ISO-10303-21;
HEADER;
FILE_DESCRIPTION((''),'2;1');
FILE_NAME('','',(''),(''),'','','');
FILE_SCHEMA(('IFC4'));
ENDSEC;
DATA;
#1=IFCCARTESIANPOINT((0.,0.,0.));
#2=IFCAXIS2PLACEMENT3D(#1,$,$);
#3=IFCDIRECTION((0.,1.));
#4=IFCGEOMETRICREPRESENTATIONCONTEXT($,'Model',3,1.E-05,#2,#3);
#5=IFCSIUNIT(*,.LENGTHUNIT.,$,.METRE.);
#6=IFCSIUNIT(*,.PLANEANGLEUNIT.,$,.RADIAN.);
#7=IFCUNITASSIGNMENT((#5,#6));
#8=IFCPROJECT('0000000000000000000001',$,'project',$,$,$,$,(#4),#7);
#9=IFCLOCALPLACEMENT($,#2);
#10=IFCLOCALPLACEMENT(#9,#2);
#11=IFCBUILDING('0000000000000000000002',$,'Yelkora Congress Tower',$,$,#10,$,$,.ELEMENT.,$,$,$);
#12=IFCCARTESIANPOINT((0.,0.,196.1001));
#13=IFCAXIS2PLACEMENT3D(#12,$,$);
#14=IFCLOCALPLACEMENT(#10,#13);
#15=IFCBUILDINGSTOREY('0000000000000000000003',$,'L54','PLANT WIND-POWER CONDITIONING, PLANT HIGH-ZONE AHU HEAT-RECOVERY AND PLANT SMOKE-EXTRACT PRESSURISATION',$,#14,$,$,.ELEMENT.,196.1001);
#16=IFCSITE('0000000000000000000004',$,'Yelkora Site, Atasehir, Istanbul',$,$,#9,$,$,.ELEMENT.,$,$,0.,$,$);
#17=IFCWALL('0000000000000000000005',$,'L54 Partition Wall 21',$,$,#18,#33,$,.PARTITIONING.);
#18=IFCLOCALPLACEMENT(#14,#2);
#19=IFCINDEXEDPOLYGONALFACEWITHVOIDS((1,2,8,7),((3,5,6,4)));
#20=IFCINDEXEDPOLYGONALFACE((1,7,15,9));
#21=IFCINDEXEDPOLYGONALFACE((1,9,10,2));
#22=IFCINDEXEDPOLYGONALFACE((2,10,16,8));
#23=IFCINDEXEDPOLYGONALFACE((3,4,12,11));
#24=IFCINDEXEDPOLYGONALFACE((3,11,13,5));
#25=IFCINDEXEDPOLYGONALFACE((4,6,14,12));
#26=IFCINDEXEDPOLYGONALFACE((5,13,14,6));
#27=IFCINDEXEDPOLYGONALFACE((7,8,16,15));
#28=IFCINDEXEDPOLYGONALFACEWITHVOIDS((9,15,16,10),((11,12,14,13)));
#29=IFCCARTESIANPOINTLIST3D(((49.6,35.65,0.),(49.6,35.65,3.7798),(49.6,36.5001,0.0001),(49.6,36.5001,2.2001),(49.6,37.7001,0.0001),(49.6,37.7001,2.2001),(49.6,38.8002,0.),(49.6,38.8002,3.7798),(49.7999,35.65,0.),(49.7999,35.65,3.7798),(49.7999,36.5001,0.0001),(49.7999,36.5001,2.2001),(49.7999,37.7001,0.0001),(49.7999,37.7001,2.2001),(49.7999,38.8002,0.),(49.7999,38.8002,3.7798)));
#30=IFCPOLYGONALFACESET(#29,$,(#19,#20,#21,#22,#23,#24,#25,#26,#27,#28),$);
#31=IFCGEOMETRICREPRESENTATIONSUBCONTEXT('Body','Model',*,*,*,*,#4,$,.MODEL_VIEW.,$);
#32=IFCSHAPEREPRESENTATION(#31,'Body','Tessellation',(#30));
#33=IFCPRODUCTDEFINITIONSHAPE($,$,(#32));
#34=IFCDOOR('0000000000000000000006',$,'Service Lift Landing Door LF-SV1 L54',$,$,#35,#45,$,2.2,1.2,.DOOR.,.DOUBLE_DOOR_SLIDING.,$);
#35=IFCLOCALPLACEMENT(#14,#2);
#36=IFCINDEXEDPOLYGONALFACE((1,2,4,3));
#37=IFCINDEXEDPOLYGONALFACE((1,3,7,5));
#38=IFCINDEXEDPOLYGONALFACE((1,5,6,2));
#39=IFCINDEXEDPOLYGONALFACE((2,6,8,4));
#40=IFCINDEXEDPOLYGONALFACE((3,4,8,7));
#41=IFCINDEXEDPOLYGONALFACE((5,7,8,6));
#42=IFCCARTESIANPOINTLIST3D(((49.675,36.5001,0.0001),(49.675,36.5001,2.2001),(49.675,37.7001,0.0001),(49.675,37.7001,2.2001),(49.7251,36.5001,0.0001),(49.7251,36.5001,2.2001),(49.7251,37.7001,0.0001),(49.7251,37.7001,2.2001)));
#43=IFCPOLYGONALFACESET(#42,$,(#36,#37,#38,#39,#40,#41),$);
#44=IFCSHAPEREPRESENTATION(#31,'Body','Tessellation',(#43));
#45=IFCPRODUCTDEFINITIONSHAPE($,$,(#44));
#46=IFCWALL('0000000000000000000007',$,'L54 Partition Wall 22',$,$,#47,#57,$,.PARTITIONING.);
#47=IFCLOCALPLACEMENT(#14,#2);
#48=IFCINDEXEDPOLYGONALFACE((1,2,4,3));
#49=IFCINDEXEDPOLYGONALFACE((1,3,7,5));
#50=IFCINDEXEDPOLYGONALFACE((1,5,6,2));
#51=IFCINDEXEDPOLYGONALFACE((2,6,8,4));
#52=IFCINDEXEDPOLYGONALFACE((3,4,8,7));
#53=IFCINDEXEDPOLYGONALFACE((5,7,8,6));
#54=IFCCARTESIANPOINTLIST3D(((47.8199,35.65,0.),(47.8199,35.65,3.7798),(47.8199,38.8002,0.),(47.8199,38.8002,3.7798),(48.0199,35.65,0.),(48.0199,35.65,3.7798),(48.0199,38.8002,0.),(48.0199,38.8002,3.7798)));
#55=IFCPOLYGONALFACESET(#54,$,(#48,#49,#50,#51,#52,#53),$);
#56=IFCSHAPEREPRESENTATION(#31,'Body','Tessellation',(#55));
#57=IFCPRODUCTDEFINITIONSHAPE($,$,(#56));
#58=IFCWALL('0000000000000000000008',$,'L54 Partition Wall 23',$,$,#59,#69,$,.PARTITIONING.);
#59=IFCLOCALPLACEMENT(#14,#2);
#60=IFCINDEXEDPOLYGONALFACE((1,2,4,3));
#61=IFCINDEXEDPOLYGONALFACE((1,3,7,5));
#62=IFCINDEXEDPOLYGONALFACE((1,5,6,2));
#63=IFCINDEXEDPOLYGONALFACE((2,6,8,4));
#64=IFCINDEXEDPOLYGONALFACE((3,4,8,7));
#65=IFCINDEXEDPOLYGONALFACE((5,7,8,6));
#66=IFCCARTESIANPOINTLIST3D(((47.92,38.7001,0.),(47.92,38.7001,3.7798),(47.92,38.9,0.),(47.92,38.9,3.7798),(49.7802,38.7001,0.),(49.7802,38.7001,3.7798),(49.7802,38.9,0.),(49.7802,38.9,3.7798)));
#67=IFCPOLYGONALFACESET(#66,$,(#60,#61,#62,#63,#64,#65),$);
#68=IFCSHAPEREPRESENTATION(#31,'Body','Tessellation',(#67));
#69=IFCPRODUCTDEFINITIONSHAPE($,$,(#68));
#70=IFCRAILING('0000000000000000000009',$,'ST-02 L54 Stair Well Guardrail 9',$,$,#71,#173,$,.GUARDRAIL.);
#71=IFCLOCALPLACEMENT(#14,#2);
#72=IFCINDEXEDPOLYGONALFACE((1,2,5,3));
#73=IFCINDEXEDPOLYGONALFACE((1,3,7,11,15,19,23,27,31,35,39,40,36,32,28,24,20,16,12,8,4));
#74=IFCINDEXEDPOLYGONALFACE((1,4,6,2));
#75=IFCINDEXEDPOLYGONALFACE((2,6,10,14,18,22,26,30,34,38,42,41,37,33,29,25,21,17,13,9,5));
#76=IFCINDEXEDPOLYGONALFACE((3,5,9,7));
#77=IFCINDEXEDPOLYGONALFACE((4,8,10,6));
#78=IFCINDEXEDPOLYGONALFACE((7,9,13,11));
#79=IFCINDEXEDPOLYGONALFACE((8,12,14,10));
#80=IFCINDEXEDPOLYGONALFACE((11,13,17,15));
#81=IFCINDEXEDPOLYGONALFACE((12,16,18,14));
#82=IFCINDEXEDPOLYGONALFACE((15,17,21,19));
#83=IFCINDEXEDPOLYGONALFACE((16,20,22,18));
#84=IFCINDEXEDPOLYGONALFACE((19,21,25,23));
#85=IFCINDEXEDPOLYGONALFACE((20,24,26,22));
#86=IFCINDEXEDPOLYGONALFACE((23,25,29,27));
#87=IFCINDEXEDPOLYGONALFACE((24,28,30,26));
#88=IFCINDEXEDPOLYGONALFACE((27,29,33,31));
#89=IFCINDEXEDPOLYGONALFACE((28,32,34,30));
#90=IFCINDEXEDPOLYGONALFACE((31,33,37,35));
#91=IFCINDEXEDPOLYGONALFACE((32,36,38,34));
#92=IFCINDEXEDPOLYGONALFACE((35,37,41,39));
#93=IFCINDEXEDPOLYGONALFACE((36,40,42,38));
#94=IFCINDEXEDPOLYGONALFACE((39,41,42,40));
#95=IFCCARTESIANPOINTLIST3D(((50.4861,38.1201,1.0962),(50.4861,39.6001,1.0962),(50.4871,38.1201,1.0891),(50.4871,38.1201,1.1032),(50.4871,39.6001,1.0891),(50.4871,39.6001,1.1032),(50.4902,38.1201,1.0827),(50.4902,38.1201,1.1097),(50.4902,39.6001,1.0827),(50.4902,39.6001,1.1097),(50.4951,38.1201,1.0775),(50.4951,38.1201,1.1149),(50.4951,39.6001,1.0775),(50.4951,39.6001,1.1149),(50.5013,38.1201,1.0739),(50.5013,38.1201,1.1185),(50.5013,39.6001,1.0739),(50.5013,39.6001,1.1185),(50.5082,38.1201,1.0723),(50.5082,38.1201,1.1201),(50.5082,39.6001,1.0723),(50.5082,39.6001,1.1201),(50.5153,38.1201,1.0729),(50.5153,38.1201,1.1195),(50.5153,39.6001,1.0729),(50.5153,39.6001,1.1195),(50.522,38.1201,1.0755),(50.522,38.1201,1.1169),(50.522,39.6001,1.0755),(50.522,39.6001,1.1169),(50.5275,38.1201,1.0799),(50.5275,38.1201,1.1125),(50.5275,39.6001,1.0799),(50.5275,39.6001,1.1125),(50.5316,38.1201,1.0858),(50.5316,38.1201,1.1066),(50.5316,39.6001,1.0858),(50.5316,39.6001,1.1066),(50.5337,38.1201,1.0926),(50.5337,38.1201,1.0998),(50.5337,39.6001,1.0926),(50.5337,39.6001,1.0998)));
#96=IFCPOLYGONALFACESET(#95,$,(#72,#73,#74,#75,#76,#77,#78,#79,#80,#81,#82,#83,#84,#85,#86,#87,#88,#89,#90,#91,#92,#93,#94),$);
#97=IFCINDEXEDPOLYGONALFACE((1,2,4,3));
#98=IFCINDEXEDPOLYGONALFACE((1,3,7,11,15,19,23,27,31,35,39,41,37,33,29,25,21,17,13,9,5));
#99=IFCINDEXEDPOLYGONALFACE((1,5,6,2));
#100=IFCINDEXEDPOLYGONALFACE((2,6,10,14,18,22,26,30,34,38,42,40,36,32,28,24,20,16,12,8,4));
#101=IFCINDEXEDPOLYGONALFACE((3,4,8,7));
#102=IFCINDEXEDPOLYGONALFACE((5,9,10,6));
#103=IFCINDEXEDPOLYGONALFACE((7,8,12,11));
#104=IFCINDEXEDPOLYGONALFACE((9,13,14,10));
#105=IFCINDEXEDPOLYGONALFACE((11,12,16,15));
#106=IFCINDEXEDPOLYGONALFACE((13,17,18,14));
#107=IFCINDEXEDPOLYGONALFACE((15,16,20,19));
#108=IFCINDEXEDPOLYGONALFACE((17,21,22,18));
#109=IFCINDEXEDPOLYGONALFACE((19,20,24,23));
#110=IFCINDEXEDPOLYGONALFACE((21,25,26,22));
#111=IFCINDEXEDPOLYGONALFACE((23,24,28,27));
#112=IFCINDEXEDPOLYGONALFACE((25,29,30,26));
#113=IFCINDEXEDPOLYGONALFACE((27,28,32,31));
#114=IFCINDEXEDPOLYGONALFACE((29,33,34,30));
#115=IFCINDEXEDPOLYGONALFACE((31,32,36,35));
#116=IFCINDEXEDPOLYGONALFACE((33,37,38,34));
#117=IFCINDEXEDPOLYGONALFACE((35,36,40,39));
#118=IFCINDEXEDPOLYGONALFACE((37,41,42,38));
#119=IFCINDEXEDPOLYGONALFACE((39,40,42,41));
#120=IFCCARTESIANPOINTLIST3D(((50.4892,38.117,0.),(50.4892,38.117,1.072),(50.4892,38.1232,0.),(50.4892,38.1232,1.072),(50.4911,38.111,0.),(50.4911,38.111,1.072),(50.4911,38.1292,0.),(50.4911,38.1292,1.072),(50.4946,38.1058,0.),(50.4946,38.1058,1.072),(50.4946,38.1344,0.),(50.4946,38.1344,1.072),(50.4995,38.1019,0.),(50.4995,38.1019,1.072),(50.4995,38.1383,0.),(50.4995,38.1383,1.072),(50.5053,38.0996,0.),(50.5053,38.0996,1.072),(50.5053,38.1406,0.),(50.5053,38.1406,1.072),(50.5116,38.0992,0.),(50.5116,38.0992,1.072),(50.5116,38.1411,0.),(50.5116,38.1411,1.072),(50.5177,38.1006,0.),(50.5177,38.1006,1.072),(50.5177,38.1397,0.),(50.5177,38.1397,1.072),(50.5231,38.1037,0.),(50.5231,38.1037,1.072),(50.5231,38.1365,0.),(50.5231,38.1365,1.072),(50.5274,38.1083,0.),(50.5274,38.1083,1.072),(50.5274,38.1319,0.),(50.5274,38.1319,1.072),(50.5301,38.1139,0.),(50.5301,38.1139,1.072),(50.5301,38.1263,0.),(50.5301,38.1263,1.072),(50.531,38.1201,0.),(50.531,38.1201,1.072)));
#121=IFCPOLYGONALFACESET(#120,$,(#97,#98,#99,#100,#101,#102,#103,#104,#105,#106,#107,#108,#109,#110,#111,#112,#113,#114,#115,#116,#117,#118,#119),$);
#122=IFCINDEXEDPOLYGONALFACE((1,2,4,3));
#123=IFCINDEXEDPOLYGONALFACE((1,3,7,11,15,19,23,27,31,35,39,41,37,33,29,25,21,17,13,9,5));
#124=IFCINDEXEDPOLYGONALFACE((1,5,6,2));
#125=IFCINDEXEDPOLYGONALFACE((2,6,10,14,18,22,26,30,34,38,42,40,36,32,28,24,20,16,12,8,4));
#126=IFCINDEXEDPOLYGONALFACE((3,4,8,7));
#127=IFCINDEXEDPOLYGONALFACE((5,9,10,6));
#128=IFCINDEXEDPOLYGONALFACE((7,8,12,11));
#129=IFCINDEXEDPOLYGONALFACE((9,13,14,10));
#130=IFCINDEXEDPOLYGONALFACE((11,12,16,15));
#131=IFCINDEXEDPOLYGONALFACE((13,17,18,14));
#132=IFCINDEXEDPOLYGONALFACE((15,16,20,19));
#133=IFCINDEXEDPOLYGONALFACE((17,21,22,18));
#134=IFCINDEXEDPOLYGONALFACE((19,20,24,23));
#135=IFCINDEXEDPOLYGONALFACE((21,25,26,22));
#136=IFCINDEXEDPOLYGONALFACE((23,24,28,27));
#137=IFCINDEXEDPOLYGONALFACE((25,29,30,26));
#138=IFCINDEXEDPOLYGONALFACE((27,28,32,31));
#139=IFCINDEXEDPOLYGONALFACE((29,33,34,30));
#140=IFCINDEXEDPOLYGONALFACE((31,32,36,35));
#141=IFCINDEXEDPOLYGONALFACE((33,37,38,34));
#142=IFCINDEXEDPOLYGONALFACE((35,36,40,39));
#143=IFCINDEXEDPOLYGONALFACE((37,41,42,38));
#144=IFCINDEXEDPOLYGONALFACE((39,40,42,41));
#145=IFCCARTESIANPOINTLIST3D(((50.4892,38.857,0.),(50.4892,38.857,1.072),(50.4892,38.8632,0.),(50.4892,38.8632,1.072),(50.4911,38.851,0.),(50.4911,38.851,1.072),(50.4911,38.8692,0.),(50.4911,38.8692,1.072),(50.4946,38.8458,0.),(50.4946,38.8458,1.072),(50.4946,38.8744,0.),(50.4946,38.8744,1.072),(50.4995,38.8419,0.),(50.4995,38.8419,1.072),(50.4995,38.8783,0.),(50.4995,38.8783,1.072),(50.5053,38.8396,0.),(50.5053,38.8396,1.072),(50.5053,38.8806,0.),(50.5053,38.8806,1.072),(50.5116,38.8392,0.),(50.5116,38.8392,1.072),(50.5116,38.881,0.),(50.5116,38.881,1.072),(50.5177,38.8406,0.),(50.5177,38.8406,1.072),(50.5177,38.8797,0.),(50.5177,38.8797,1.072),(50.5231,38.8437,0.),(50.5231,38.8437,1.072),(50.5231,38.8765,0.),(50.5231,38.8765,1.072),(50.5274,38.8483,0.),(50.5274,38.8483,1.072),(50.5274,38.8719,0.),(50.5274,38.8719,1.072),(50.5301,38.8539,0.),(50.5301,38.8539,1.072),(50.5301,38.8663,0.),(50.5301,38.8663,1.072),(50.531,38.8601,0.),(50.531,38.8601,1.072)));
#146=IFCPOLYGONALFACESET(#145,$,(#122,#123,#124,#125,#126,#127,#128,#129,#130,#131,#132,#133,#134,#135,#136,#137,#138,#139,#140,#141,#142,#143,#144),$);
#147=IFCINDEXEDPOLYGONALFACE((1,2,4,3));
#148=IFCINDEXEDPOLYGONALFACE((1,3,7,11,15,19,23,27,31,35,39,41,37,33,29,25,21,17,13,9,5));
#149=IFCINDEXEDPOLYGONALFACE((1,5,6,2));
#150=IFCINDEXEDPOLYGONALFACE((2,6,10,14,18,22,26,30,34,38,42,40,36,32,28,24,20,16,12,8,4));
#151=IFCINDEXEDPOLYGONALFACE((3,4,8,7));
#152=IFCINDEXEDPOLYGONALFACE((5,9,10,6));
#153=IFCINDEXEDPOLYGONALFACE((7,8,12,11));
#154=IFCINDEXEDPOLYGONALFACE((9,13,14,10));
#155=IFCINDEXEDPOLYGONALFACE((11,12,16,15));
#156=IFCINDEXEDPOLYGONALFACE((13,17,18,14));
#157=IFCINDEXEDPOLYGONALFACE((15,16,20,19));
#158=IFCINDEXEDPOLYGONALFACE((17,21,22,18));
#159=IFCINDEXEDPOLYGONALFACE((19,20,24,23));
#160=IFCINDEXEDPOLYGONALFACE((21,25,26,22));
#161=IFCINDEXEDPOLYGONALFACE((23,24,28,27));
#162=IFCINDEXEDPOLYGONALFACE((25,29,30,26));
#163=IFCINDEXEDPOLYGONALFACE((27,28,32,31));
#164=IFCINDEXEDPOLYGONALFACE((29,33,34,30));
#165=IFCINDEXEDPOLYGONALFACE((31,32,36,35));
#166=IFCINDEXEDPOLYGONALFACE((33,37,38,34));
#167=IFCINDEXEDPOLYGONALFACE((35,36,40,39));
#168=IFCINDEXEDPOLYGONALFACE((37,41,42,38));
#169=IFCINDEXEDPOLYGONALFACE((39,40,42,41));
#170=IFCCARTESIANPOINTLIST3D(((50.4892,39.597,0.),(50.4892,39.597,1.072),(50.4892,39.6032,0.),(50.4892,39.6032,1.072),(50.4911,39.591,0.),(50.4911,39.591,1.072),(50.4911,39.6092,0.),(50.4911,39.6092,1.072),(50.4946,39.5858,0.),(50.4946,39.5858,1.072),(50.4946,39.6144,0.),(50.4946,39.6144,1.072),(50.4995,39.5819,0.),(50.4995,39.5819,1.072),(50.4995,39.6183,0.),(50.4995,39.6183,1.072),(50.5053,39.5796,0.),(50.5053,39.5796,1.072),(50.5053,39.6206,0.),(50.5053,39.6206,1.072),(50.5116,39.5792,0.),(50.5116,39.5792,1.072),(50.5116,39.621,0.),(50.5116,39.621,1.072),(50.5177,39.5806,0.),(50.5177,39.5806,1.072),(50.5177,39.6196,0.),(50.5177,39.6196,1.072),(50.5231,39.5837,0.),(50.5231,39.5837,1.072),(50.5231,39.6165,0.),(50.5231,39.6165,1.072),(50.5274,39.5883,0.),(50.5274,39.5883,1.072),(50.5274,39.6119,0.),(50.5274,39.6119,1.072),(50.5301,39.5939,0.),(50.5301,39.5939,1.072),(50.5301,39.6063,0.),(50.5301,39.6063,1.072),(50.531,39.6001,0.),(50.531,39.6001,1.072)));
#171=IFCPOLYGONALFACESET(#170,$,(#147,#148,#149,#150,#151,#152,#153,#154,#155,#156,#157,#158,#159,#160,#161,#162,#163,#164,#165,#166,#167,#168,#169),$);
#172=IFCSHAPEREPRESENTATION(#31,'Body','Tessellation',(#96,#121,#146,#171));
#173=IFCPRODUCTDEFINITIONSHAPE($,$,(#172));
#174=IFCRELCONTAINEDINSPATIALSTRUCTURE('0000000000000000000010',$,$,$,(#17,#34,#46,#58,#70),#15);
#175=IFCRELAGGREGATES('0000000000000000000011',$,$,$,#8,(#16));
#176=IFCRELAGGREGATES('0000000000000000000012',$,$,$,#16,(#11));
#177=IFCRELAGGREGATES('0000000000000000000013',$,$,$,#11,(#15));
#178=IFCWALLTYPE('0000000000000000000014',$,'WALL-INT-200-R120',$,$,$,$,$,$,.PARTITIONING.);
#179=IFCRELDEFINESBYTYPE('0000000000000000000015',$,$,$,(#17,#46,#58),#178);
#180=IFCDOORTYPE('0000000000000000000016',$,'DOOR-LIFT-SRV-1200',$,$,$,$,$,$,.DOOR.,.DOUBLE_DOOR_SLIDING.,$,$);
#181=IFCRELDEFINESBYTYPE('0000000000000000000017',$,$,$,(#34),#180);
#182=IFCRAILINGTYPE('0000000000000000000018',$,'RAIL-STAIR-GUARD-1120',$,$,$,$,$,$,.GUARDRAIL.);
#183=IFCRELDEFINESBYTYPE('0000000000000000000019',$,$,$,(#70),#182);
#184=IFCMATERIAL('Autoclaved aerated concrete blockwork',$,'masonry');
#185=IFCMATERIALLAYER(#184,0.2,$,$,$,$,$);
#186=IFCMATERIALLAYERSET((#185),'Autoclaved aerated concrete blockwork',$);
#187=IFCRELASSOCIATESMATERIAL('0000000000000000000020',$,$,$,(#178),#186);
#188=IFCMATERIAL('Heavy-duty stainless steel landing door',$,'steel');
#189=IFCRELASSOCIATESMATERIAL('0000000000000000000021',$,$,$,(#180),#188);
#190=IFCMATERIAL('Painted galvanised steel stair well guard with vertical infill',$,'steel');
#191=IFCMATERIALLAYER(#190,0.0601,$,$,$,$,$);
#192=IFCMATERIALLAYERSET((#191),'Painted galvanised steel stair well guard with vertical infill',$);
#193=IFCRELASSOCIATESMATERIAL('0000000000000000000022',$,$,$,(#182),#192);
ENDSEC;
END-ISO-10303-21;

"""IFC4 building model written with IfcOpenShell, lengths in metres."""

from ifc_helpers import new_model, si_unit, direction, frame, frame_2d, origin, origin_2d, place, context, subcontext, project, spatial, rectangle, circle, extrude, material, layer, layer_set, type_object, element, fill, save


model = new_model("IFC4")

# Units and contexts
model_context = context("Model", 3, precision=1e-05, world=origin(), true_north=direction((0.0, 1.0)))
body_context = subcontext(model_context, "Body", "Model", "MODEL_VIEW")
ifc_project = project(units=[si_unit("LENGTHUNIT", "METRE"), si_unit("PLANEANGLEUNIT", "RADIAN")], contexts=[model_context])

# Site, building, storey
site_placement = place(None, origin())
site = spatial("IfcSite", under=ifc_project, at=site_placement, Name="Yelkora Site, Atasehir, Istanbul", CompositionType="ELEMENT", RefElevation=0.0)
building_placement = place(site_placement, origin())
building = spatial("IfcBuilding", under=site, at=building_placement, Name="Yelkora Congress Tower", CompositionType="ELEMENT")
storey_placement = place(building_placement, frame((0.0, 0.0, 196.1001)))
storey = spatial("IfcBuildingStorey", under=building, at=storey_placement, Name="L54", Description="PLANT WIND-POWER CONDITIONING, PLANT HIGH-ZONE AHU HEAT-RECOVERY AND PLANT SMOKE-EXTRACT PRESSURISATION", CompositionType="ELEMENT", Elevation=196.1001)

# Wall, opening, door
ifc_material_1 = material(Name="Autoclaved aerated concrete blockwork", Category="masonry")
ifc_layer_1 = layer(ifc_material_1, 0.2)
ifc_layer_set_1 = layer_set([ifc_layer_1], Name="Autoclaved aerated concrete blockwork")
wall_type_1 = type_object("IfcWallType", Name="WALL-INT-200-R120", PredefinedType="PARTITIONING", material=ifc_layer_set_1)
wall_1_placement = place(storey_placement, frame((49.7, 35.6499, 0.0), z_axis=(0.0, 0.0, 1.0), x_axis=(0.0, 1.0, 0.0)))
wall_1 = element("IfcWall", 1, at=wall_1_placement, inside=storey, type_object=wall_type_1, Name="L54 Partition Wall 21", PredefinedType="PARTITIONING", context=body_context, shape_type="SweptSolid", body=[
    extrude(rectangle(XDim=3.1501, YDim=0.2, at=frame_2d((1.5752, 0.0))), origin(), (0.0, 0.0, 1.0), 3.7798),
])
opening_1_placement = place(wall_1_placement, frame((0.8501, 0.0, 0.0)))
opening_1 = element("IfcOpeningElement", 2, at=opening_1_placement, cuts=wall_1, PredefinedType="OPENING", context=body_context, shape_type="SweptSolid", body=[
    extrude(rectangle(XDim=1.2, YDim=2.2, at=frame_2d((0.6001, 1.1001))), frame((0.0, 0.1099, 0.0), z_axis=(0.0, -1.0, 0.0), x_axis=(1.0, 0.0, 0.0)), (0.0, 0.0, 1.0), 0.22),
])
ifc_material_2 = material(Name="Heavy-duty stainless steel landing door", Category="steel")
door_type_1 = type_object("IfcDoorType", Name="DOOR-LIFT-SRV-1200", OperationType="DOUBLE_DOOR_SLIDING", PredefinedType="DOOR", material=ifc_material_2)
door_1_placement = place(opening_1_placement, origin())
door_1 = element("IfcDoor", 3, at=door_1_placement, inside=storey, type_object=door_type_1, Name="Service Lift Landing Door LF-SV1 L54", OperationType="DOUBLE_DOOR_SLIDING", OverallHeight=2.2, OverallWidth=1.2, PredefinedType="DOOR", context=body_context, shape_type="SweptSolid", body=[
    extrude(rectangle(XDim=1.2, YDim=2.2, at=frame_2d((0.6001, 1.1001))), frame((0.0, 0.0249, 0.0), z_axis=(0.0, -1.0, 0.0), x_axis=(1.0, 0.0, 0.0)), (0.0, 0.0, 1.0), 0.05),
])
fill(opening_1, door_1)

# Walls
wall_2_placement = place(storey_placement, frame((47.9199, 35.6499, 0.0), z_axis=(0.0, 0.0, 1.0), x_axis=(0.0, 1.0, 0.0)))
element("IfcWall", 4, at=wall_2_placement, inside=storey, type_object=wall_type_1, Name="L54 Partition Wall 22", PredefinedType="PARTITIONING", context=body_context, shape_type="SweptSolid", body=[
    extrude(rectangle(XDim=3.1501, YDim=0.2, at=frame_2d((1.5752, 0.0))), origin(), (0.0, 0.0, 1.0), 3.7798),
])
wall_3_placement = place(storey_placement, frame((47.9199, 38.8, 0.0), z_axis=(0.0, 0.0, 1.0), x_axis=(1.0, 0.0, 0.0)))
element("IfcWall", 5, at=wall_3_placement, inside=storey, type_object=wall_type_1, Name="L54 Partition Wall 23", PredefinedType="PARTITIONING", context=body_context, shape_type="SweptSolid", body=[
    extrude(rectangle(XDim=1.8601, YDim=0.2, at=frame_2d((0.9302, 0.0))), origin(), (0.0, 0.0, 1.0), 3.7798),
])

# Railing
ifc_material_3 = material(Name="Painted galvanised steel stair well guard with vertical infill", Category="steel")
ifc_layer_2 = layer(ifc_material_3, 0.0601)
ifc_layer_set_2 = layer_set([ifc_layer_2], Name="Painted galvanised steel stair well guard with vertical infill")
railing_type = type_object("IfcRailingType", Name="RAIL-STAIR-GUARD-1120", PredefinedType="GUARDRAIL", material=ifc_layer_set_2)
railing_1_placement = place(storey_placement, frame((50.51, 38.1201, 0.0)))
element("IfcRailing", 6, at=railing_1_placement, inside=storey, type_object=railing_type, Name="ST-02 L54 Stair Well Guardrail 9", PredefinedType="GUARDRAIL", context=body_context, shape_type="SweptSolid", body=[
    extrude(circle(Radius=0.0239, at=origin_2d()), frame((0.0, 0.0, 1.0962), z_axis=(0.0, 1.0, 0.0), x_axis=(-1.0, 0.0, 0.0)), (0.0, 0.0, 1.0), 1.48),
    extrude(circle(Radius=0.021, at=origin_2d()), origin(), (0.0, 0.0, 1.0), 1.072),
    extrude(circle(Radius=0.021, at=origin_2d()), frame((0.0, 0.74, 0.0)), (0.0, 0.0, 1.0), 1.072),
    extrude(circle(Radius=0.021, at=origin_2d()), frame((0.0, 1.48, 0.0)), (0.0, 0.0, 1.0), 1.072),
])

save(model, "model.ifc")
